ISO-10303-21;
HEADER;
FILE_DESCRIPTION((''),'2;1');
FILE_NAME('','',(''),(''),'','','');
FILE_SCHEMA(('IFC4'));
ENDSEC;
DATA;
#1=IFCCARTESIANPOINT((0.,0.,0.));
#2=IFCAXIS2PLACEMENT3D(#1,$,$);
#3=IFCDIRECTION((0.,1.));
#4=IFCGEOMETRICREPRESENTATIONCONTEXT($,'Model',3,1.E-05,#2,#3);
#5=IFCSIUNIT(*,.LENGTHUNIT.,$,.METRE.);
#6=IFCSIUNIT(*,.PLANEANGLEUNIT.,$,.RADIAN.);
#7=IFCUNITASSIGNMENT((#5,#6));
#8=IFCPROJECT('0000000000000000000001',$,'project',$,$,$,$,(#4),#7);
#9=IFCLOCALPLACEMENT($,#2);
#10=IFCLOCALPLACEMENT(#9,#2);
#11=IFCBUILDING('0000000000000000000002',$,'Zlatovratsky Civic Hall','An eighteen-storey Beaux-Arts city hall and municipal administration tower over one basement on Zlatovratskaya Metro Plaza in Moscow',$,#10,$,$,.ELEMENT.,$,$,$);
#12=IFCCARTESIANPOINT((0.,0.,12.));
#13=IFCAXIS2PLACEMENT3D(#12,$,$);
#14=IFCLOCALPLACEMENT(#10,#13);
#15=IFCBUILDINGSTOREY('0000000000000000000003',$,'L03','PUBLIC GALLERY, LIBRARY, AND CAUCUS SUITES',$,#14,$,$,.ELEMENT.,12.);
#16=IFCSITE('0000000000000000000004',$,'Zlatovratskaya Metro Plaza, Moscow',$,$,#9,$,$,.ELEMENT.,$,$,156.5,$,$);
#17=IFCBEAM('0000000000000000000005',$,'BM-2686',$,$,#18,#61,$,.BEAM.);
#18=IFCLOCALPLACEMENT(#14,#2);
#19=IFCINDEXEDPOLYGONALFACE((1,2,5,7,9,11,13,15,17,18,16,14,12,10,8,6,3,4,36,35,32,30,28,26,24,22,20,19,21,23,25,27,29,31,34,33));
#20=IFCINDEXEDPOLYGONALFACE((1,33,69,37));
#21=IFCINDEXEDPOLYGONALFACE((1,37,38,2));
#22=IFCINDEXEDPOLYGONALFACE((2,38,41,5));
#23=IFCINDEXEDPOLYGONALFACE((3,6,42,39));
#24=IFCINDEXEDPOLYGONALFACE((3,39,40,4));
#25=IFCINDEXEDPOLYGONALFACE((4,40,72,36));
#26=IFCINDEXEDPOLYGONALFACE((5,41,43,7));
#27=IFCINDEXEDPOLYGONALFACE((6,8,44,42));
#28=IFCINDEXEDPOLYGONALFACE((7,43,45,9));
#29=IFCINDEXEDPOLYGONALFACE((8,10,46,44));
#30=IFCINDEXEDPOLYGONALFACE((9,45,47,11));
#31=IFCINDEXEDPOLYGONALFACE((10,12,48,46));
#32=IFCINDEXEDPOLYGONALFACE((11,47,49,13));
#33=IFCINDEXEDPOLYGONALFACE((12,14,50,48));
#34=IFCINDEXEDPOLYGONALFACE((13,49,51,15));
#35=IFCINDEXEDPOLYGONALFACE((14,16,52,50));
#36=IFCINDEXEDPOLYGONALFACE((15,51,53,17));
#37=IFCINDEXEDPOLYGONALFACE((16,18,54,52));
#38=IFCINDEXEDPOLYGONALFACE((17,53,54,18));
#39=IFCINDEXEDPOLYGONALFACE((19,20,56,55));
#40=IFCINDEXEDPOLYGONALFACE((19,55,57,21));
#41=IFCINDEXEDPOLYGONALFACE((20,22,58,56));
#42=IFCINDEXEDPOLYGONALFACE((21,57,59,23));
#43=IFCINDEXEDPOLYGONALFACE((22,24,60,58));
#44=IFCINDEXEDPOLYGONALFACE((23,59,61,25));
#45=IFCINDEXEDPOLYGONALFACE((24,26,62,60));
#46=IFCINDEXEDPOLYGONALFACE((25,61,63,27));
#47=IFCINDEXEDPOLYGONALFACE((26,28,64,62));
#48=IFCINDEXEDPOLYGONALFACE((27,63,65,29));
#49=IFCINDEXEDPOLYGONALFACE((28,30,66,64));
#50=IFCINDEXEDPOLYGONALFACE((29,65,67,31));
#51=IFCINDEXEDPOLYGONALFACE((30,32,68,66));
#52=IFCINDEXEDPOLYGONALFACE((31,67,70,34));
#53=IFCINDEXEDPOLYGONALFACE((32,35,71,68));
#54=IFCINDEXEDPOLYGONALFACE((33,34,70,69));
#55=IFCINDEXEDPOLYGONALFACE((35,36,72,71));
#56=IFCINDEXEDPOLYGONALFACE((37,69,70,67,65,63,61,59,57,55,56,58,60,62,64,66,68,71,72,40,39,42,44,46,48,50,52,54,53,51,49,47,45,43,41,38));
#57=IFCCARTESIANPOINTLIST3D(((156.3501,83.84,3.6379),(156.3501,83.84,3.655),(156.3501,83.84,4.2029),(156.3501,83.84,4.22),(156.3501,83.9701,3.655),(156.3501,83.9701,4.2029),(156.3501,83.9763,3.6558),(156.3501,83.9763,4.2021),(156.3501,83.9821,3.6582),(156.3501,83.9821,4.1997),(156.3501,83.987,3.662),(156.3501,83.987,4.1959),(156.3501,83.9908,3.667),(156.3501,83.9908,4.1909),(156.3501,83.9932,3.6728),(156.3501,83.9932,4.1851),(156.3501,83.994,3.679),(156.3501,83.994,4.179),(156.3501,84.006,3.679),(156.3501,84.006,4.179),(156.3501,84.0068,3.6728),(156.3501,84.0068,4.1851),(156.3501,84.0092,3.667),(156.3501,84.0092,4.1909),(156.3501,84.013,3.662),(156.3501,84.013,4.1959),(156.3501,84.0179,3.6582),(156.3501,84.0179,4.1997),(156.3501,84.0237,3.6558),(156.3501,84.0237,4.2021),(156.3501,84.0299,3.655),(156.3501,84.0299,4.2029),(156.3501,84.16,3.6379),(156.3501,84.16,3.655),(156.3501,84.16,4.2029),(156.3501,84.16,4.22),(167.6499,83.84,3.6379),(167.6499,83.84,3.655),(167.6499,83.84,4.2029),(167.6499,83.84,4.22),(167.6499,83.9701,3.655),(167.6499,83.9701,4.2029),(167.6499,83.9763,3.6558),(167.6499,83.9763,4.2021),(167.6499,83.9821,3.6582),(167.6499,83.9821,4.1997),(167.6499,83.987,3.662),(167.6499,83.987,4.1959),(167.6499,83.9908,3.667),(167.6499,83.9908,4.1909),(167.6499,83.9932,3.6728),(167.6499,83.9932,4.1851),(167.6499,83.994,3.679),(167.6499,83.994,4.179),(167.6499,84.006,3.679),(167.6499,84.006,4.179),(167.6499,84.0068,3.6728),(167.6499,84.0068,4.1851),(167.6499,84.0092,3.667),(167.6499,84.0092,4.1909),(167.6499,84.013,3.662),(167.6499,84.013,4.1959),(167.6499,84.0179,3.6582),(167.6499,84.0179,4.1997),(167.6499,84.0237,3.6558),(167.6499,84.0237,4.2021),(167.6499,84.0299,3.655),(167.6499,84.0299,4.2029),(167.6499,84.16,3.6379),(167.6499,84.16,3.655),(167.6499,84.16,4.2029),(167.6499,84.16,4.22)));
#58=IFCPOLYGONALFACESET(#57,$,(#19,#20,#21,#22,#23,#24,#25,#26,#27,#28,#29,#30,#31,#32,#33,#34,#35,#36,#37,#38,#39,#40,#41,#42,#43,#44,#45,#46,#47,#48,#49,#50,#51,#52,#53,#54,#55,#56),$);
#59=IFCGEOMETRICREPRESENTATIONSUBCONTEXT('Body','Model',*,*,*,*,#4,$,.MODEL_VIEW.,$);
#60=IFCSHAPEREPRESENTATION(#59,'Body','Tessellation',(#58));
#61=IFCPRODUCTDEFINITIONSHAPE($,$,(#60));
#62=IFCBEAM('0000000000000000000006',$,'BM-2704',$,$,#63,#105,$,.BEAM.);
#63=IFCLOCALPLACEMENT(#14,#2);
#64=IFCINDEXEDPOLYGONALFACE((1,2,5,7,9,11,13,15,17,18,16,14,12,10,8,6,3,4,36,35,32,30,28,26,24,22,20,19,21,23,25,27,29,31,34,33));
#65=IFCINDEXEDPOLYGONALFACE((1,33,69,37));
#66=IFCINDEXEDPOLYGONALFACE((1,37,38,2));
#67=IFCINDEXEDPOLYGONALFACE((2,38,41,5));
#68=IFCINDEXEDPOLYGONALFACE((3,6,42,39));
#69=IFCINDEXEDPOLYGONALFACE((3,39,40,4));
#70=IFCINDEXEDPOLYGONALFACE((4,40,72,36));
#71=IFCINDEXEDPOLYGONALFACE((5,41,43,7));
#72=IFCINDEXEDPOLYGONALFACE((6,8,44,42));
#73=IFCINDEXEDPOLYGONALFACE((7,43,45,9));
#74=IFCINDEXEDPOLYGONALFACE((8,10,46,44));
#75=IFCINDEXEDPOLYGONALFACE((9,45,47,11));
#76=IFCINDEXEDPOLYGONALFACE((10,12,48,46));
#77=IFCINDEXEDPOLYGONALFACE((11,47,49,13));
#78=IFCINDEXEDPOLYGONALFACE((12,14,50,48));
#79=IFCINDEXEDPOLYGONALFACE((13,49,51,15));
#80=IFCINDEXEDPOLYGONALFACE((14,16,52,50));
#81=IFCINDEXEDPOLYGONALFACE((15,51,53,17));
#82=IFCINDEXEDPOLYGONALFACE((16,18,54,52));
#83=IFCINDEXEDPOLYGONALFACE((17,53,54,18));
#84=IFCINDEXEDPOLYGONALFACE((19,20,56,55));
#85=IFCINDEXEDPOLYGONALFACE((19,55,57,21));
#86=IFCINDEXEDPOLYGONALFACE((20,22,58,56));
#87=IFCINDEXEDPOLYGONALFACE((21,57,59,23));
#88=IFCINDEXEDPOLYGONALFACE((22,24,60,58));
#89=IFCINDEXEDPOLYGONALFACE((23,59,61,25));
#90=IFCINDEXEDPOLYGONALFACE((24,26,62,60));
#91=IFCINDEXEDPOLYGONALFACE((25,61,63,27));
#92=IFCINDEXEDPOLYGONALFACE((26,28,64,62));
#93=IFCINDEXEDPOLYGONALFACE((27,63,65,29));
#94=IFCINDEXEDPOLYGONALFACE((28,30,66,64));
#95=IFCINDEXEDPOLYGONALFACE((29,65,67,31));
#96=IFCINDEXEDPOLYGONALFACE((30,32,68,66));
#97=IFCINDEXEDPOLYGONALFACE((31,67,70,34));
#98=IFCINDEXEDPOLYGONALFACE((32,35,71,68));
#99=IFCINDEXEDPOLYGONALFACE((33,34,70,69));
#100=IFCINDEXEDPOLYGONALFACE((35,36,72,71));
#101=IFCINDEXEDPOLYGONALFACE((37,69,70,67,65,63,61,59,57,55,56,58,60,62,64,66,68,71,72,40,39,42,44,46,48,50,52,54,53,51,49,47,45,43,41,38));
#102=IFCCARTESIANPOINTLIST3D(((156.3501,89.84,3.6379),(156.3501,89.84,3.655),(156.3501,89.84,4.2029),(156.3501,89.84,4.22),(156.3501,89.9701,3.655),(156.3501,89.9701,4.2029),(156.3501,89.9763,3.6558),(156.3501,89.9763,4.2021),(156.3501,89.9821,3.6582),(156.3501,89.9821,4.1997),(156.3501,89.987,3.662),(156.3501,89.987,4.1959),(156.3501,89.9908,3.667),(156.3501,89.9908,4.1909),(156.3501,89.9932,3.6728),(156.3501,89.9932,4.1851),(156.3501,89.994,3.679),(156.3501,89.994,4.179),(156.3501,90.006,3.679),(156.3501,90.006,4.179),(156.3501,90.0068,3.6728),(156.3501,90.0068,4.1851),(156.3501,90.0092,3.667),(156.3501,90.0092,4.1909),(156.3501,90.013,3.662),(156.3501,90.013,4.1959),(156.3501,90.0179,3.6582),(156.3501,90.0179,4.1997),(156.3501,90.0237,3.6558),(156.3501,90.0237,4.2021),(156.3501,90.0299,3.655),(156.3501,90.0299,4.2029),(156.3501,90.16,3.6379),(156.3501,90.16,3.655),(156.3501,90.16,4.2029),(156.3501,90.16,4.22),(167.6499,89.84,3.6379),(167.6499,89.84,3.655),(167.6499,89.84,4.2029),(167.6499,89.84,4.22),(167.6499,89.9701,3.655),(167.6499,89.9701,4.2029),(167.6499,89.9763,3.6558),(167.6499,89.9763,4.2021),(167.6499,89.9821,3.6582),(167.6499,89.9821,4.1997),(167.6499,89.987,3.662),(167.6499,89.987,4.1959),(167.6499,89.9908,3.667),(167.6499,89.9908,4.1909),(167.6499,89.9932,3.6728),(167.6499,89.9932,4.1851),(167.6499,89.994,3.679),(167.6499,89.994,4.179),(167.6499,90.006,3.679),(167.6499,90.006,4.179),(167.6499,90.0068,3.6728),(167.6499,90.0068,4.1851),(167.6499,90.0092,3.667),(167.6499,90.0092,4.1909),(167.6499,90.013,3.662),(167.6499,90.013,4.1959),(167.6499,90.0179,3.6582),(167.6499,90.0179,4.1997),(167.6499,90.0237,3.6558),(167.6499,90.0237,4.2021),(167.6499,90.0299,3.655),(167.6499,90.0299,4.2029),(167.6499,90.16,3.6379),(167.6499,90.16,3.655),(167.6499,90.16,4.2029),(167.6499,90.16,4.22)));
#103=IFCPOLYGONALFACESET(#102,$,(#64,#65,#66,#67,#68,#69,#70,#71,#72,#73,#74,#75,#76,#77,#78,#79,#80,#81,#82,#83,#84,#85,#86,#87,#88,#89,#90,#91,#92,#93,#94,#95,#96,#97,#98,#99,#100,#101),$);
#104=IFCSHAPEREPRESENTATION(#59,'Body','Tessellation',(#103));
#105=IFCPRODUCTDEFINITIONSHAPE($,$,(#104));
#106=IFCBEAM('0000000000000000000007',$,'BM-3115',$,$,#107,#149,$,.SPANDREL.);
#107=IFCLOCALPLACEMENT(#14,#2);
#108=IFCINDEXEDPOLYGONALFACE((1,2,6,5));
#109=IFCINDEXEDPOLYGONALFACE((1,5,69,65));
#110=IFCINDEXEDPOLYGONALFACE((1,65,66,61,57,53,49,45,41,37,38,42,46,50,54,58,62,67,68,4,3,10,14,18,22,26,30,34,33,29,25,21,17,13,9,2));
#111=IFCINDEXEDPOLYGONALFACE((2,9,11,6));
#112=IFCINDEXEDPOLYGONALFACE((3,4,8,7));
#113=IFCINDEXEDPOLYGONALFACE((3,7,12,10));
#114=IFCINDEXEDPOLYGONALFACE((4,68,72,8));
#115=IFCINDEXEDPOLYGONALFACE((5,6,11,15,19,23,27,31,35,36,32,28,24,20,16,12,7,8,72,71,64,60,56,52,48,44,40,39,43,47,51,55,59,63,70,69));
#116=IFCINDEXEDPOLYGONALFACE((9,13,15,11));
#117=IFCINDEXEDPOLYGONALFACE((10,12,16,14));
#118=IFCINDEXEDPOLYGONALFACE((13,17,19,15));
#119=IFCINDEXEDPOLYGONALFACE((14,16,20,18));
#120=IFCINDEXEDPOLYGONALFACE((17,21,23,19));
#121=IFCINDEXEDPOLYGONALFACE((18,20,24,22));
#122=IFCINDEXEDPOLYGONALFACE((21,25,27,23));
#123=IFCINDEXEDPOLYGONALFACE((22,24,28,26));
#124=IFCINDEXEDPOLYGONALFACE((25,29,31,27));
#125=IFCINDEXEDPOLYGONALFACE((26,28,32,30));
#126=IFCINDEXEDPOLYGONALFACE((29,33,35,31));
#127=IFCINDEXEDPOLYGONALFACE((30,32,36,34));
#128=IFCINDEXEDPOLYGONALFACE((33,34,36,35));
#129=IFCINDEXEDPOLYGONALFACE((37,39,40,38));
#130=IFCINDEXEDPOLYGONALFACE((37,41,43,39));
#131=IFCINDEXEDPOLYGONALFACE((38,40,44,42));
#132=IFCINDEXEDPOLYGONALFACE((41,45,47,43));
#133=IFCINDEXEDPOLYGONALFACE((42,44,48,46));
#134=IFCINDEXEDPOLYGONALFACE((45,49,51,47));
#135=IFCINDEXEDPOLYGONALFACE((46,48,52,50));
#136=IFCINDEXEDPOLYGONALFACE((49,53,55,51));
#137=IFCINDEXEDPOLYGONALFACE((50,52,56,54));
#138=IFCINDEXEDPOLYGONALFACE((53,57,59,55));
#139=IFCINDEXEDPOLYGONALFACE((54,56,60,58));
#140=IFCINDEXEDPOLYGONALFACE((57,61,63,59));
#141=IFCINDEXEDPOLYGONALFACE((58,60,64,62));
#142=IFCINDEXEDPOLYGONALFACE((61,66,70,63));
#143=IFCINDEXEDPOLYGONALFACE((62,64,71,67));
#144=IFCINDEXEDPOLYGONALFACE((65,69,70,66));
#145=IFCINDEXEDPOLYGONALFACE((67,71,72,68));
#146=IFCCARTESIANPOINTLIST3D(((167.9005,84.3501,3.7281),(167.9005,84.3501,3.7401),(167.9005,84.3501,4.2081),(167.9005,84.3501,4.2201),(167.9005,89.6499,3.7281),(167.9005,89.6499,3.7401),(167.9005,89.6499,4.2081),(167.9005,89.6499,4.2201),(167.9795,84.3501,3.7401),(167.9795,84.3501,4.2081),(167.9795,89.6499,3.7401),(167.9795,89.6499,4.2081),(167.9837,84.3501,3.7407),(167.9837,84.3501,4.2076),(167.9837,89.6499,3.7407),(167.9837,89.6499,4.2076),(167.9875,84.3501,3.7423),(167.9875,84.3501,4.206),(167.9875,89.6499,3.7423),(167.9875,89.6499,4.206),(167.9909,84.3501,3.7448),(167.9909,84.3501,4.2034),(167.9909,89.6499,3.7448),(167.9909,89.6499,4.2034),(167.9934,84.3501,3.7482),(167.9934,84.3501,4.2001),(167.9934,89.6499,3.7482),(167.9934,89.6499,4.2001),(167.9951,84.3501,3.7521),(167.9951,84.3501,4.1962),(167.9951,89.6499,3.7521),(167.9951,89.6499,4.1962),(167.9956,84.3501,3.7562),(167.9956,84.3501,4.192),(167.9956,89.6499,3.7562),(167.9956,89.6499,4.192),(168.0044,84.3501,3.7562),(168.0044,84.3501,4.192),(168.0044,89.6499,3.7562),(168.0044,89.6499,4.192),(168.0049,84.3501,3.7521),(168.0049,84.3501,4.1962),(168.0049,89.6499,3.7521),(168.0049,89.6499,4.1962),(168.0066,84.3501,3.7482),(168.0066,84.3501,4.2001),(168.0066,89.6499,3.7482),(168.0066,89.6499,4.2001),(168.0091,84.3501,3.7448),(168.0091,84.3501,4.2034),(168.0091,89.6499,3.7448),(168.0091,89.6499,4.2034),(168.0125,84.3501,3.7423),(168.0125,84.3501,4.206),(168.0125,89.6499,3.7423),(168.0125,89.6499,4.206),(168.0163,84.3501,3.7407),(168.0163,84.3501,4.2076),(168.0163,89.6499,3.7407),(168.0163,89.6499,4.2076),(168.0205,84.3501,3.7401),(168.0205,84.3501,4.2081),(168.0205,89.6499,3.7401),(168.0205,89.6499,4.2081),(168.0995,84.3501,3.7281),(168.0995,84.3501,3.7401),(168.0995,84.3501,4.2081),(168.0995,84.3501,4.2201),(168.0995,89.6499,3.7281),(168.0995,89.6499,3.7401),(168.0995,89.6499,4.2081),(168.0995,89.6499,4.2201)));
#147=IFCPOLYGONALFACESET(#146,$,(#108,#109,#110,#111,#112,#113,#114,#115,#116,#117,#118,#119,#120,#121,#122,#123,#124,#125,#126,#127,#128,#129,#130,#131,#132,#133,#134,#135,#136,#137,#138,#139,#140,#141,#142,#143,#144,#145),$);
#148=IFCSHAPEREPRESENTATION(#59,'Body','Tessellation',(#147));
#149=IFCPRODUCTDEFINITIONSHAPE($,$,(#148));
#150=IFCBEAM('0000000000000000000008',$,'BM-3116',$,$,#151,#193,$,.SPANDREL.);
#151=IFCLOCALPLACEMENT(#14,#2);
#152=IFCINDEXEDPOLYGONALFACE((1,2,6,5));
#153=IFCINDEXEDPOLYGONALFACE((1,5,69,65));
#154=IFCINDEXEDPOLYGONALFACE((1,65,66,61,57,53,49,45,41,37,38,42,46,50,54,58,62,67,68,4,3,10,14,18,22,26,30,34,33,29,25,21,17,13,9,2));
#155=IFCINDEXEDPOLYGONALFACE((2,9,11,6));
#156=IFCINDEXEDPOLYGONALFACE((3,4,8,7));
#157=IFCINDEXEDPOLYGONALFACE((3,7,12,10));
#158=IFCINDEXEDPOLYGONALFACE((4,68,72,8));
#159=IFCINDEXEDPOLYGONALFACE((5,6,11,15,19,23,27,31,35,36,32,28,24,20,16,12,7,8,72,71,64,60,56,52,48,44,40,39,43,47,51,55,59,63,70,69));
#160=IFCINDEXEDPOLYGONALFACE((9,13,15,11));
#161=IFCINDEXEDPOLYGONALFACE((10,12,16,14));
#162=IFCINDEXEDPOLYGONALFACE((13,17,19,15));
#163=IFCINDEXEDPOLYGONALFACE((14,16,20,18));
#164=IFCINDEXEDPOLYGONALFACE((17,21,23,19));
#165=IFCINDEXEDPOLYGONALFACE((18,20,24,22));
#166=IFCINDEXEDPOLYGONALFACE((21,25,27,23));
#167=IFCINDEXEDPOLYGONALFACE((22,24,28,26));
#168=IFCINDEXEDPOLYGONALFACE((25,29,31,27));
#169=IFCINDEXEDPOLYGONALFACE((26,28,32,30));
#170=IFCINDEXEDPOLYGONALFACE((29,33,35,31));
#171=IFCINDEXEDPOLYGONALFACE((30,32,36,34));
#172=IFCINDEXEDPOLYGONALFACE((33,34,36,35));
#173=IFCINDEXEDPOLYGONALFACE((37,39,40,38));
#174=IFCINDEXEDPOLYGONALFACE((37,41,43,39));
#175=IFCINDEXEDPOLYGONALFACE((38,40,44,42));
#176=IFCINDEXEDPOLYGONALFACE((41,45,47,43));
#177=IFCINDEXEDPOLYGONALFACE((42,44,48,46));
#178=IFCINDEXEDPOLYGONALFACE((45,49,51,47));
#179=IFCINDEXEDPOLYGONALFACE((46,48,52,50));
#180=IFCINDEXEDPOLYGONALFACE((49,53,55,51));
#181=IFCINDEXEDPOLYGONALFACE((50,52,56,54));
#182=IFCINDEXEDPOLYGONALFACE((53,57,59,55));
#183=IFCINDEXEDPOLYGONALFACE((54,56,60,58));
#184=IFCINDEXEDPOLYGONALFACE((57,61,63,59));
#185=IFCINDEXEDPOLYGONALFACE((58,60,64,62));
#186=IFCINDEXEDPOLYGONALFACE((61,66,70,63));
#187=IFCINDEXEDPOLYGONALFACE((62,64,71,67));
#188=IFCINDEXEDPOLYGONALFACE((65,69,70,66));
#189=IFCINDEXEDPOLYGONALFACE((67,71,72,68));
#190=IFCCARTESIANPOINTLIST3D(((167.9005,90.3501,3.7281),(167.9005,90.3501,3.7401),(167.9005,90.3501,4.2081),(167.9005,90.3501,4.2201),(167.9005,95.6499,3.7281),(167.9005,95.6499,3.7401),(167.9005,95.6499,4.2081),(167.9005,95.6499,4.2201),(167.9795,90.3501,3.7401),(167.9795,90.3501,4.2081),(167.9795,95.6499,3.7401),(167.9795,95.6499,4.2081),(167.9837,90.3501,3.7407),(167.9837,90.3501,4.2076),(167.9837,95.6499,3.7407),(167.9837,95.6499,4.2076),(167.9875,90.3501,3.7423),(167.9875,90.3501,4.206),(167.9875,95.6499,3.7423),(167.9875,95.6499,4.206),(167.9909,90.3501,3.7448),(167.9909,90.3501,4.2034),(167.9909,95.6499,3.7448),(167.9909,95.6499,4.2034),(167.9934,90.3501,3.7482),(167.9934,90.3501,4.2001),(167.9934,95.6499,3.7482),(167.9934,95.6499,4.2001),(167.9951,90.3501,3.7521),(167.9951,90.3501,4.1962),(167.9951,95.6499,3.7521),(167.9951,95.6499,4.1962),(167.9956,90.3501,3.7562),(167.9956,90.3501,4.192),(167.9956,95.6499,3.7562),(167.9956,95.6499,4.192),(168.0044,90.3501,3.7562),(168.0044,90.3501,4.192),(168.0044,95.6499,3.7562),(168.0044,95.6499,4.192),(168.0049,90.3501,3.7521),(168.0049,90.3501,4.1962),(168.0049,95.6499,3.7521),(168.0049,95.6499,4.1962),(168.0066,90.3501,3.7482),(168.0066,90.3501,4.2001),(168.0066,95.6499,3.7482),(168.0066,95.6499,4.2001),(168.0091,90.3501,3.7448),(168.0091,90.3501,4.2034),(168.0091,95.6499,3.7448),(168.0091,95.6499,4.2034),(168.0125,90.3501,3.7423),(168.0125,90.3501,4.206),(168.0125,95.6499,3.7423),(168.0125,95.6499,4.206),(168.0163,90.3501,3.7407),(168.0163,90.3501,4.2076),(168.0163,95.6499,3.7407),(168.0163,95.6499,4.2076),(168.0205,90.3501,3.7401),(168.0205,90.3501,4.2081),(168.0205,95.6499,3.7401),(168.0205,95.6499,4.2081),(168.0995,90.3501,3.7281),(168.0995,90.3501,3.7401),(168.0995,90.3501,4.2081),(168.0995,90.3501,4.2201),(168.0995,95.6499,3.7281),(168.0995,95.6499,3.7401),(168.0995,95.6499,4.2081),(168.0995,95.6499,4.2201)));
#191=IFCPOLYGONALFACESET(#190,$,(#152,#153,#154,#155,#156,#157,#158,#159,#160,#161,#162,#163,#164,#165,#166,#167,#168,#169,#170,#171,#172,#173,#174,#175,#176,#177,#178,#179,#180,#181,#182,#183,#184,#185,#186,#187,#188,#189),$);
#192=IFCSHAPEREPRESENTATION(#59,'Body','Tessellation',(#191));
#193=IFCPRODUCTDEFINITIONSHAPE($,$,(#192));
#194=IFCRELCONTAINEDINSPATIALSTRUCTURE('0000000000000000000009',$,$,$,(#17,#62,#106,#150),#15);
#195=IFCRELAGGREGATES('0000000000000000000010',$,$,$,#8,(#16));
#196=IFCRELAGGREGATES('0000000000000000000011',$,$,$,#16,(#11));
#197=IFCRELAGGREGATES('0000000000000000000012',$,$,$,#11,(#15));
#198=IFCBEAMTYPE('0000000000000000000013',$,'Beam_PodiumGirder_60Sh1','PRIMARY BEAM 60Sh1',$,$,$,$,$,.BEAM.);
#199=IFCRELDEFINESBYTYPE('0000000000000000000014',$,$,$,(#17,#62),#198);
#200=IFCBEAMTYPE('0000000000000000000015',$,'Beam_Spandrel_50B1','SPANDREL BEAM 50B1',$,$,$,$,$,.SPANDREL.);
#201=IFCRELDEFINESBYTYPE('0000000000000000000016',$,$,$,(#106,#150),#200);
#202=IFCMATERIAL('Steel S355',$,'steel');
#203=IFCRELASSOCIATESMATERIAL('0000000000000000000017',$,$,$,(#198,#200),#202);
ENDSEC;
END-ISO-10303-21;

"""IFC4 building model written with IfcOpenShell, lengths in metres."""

from ifc_helpers import new_model, si_unit, direction, frame, origin, origin_2d, place, context, subcontext, project, spatial, i_section, extrude, material, material_profile, profile_set, type_object, element, save


model = new_model("IFC4")

# Units and contexts
model_context = context("Model", 3, precision=1e-05, world=origin(), true_north=direction((0.0, 1.0)))
body_context = subcontext(model_context, "Body", "Model", "MODEL_VIEW")
ifc_project = project(units=[si_unit("LENGTHUNIT", "METRE"), si_unit("PLANEANGLEUNIT", "RADIAN")], contexts=[model_context])

# Site, building, storey
site_placement = place(None, origin())
site = spatial("IfcSite", under=ifc_project, at=site_placement, Name="Zlatovratskaya Metro Plaza, Moscow", CompositionType="ELEMENT", RefElevation=156.5)
building_placement = place(site_placement, origin())
building = spatial("IfcBuilding", under=site, at=building_placement, Name="Zlatovratsky Civic Hall", Description="An eighteen-storey Beaux-Arts city hall and municipal administration tower over one basement on Zlatovratskaya Metro Plaza in Moscow", CompositionType="ELEMENT")
storey_placement = place(building_placement, frame((0.0, 0.0, 12.0)))
storey = spatial("IfcBuildingStorey", under=building, at=storey_placement, Name="L03", Description="PUBLIC GALLERY, LIBRARY, AND CAUCUS SUITES", CompositionType="ELEMENT", Elevation=12.0)

# Beams
ifc_material_1 = material(Name="Steel S355", Category="steel")
ifc_material_profile_1 = material_profile(ifc_material_1, i_section(OverallWidth=0.3201, OverallDepth=0.582, WebThickness=0.012, FlangeThickness=0.0171, FilletRadius=0.0239, at=origin_2d()), Name="60Sh1")
ifc_profile_set_1 = profile_set([ifc_material_profile_1], Name="Steel S355")
beam_type_1 = type_object("IfcBeamType", Name="Beam_PodiumGirder_60Sh1", Description="PRIMARY BEAM 60Sh1", PredefinedType="BEAM", material=ifc_profile_set_1)
for number, where, z_axis, x_axis, name in (
    (1, (156.3501, 84.0, 3.929), (1.0, 0.0, 0.0), (0.0, 1.0, 0.0), "BM-2686"),
    (2, (156.3501, 90.0, 3.929), (1.0, 0.0, 0.0), (0.0, 1.0, 0.0), "BM-2704"),
):
    element("IfcBeam", number, at=place(storey_placement, frame(where, z_axis=z_axis, x_axis=x_axis)), inside=storey, type_object=beam_type_1, Name=name, PredefinedType="BEAM", context=body_context, shape_type="SweptSolid", body=[
        extrude(i_section(OverallWidth=0.3201, OverallDepth=0.582, WebThickness=0.012, FlangeThickness=0.0171, FilletRadius=0.0239, at=origin_2d()), origin(), (0.0, 0.0, 1.0), 11.2998),
    ])
ifc_material_profile_2 = material_profile(ifc_material_1, i_section(OverallWidth=0.199, OverallDepth=0.4919, WebThickness=0.0088, FlangeThickness=0.012, FilletRadius=0.0161, at=origin_2d()), Name="50B1")
ifc_profile_set_2 = profile_set([ifc_material_profile_2], Name="Steel S355")
beam_type_2 = type_object("IfcBeamType", Name="Beam_Spandrel_50B1", Description="SPANDREL BEAM 50B1", PredefinedType="SPANDREL", material=ifc_profile_set_2)
for number, where, z_axis, x_axis, name in (
    (3, (168.0, 84.3501, 3.9741), (0.0, 1.0, 0.0), (-1.0, 0.0, 0.0), "BM-3115"),
    (4, (168.0, 90.3501, 3.9741), (0.0, 1.0, 0.0), (-1.0, 0.0, 0.0), "BM-3116"),
):
    element("IfcBeam", number, at=place(storey_placement, frame(where, z_axis=z_axis, x_axis=x_axis)), inside=storey, type_object=beam_type_2, Name=name, PredefinedType="SPANDREL", context=body_context, shape_type="SweptSolid", body=[
        extrude(i_section(OverallWidth=0.199, OverallDepth=0.4919, WebThickness=0.0088, FlangeThickness=0.012, FilletRadius=0.0161, at=origin_2d()), origin(), (0.0, 0.0, 1.0), 5.2998),
    ])

save(model, "model.ifc")
